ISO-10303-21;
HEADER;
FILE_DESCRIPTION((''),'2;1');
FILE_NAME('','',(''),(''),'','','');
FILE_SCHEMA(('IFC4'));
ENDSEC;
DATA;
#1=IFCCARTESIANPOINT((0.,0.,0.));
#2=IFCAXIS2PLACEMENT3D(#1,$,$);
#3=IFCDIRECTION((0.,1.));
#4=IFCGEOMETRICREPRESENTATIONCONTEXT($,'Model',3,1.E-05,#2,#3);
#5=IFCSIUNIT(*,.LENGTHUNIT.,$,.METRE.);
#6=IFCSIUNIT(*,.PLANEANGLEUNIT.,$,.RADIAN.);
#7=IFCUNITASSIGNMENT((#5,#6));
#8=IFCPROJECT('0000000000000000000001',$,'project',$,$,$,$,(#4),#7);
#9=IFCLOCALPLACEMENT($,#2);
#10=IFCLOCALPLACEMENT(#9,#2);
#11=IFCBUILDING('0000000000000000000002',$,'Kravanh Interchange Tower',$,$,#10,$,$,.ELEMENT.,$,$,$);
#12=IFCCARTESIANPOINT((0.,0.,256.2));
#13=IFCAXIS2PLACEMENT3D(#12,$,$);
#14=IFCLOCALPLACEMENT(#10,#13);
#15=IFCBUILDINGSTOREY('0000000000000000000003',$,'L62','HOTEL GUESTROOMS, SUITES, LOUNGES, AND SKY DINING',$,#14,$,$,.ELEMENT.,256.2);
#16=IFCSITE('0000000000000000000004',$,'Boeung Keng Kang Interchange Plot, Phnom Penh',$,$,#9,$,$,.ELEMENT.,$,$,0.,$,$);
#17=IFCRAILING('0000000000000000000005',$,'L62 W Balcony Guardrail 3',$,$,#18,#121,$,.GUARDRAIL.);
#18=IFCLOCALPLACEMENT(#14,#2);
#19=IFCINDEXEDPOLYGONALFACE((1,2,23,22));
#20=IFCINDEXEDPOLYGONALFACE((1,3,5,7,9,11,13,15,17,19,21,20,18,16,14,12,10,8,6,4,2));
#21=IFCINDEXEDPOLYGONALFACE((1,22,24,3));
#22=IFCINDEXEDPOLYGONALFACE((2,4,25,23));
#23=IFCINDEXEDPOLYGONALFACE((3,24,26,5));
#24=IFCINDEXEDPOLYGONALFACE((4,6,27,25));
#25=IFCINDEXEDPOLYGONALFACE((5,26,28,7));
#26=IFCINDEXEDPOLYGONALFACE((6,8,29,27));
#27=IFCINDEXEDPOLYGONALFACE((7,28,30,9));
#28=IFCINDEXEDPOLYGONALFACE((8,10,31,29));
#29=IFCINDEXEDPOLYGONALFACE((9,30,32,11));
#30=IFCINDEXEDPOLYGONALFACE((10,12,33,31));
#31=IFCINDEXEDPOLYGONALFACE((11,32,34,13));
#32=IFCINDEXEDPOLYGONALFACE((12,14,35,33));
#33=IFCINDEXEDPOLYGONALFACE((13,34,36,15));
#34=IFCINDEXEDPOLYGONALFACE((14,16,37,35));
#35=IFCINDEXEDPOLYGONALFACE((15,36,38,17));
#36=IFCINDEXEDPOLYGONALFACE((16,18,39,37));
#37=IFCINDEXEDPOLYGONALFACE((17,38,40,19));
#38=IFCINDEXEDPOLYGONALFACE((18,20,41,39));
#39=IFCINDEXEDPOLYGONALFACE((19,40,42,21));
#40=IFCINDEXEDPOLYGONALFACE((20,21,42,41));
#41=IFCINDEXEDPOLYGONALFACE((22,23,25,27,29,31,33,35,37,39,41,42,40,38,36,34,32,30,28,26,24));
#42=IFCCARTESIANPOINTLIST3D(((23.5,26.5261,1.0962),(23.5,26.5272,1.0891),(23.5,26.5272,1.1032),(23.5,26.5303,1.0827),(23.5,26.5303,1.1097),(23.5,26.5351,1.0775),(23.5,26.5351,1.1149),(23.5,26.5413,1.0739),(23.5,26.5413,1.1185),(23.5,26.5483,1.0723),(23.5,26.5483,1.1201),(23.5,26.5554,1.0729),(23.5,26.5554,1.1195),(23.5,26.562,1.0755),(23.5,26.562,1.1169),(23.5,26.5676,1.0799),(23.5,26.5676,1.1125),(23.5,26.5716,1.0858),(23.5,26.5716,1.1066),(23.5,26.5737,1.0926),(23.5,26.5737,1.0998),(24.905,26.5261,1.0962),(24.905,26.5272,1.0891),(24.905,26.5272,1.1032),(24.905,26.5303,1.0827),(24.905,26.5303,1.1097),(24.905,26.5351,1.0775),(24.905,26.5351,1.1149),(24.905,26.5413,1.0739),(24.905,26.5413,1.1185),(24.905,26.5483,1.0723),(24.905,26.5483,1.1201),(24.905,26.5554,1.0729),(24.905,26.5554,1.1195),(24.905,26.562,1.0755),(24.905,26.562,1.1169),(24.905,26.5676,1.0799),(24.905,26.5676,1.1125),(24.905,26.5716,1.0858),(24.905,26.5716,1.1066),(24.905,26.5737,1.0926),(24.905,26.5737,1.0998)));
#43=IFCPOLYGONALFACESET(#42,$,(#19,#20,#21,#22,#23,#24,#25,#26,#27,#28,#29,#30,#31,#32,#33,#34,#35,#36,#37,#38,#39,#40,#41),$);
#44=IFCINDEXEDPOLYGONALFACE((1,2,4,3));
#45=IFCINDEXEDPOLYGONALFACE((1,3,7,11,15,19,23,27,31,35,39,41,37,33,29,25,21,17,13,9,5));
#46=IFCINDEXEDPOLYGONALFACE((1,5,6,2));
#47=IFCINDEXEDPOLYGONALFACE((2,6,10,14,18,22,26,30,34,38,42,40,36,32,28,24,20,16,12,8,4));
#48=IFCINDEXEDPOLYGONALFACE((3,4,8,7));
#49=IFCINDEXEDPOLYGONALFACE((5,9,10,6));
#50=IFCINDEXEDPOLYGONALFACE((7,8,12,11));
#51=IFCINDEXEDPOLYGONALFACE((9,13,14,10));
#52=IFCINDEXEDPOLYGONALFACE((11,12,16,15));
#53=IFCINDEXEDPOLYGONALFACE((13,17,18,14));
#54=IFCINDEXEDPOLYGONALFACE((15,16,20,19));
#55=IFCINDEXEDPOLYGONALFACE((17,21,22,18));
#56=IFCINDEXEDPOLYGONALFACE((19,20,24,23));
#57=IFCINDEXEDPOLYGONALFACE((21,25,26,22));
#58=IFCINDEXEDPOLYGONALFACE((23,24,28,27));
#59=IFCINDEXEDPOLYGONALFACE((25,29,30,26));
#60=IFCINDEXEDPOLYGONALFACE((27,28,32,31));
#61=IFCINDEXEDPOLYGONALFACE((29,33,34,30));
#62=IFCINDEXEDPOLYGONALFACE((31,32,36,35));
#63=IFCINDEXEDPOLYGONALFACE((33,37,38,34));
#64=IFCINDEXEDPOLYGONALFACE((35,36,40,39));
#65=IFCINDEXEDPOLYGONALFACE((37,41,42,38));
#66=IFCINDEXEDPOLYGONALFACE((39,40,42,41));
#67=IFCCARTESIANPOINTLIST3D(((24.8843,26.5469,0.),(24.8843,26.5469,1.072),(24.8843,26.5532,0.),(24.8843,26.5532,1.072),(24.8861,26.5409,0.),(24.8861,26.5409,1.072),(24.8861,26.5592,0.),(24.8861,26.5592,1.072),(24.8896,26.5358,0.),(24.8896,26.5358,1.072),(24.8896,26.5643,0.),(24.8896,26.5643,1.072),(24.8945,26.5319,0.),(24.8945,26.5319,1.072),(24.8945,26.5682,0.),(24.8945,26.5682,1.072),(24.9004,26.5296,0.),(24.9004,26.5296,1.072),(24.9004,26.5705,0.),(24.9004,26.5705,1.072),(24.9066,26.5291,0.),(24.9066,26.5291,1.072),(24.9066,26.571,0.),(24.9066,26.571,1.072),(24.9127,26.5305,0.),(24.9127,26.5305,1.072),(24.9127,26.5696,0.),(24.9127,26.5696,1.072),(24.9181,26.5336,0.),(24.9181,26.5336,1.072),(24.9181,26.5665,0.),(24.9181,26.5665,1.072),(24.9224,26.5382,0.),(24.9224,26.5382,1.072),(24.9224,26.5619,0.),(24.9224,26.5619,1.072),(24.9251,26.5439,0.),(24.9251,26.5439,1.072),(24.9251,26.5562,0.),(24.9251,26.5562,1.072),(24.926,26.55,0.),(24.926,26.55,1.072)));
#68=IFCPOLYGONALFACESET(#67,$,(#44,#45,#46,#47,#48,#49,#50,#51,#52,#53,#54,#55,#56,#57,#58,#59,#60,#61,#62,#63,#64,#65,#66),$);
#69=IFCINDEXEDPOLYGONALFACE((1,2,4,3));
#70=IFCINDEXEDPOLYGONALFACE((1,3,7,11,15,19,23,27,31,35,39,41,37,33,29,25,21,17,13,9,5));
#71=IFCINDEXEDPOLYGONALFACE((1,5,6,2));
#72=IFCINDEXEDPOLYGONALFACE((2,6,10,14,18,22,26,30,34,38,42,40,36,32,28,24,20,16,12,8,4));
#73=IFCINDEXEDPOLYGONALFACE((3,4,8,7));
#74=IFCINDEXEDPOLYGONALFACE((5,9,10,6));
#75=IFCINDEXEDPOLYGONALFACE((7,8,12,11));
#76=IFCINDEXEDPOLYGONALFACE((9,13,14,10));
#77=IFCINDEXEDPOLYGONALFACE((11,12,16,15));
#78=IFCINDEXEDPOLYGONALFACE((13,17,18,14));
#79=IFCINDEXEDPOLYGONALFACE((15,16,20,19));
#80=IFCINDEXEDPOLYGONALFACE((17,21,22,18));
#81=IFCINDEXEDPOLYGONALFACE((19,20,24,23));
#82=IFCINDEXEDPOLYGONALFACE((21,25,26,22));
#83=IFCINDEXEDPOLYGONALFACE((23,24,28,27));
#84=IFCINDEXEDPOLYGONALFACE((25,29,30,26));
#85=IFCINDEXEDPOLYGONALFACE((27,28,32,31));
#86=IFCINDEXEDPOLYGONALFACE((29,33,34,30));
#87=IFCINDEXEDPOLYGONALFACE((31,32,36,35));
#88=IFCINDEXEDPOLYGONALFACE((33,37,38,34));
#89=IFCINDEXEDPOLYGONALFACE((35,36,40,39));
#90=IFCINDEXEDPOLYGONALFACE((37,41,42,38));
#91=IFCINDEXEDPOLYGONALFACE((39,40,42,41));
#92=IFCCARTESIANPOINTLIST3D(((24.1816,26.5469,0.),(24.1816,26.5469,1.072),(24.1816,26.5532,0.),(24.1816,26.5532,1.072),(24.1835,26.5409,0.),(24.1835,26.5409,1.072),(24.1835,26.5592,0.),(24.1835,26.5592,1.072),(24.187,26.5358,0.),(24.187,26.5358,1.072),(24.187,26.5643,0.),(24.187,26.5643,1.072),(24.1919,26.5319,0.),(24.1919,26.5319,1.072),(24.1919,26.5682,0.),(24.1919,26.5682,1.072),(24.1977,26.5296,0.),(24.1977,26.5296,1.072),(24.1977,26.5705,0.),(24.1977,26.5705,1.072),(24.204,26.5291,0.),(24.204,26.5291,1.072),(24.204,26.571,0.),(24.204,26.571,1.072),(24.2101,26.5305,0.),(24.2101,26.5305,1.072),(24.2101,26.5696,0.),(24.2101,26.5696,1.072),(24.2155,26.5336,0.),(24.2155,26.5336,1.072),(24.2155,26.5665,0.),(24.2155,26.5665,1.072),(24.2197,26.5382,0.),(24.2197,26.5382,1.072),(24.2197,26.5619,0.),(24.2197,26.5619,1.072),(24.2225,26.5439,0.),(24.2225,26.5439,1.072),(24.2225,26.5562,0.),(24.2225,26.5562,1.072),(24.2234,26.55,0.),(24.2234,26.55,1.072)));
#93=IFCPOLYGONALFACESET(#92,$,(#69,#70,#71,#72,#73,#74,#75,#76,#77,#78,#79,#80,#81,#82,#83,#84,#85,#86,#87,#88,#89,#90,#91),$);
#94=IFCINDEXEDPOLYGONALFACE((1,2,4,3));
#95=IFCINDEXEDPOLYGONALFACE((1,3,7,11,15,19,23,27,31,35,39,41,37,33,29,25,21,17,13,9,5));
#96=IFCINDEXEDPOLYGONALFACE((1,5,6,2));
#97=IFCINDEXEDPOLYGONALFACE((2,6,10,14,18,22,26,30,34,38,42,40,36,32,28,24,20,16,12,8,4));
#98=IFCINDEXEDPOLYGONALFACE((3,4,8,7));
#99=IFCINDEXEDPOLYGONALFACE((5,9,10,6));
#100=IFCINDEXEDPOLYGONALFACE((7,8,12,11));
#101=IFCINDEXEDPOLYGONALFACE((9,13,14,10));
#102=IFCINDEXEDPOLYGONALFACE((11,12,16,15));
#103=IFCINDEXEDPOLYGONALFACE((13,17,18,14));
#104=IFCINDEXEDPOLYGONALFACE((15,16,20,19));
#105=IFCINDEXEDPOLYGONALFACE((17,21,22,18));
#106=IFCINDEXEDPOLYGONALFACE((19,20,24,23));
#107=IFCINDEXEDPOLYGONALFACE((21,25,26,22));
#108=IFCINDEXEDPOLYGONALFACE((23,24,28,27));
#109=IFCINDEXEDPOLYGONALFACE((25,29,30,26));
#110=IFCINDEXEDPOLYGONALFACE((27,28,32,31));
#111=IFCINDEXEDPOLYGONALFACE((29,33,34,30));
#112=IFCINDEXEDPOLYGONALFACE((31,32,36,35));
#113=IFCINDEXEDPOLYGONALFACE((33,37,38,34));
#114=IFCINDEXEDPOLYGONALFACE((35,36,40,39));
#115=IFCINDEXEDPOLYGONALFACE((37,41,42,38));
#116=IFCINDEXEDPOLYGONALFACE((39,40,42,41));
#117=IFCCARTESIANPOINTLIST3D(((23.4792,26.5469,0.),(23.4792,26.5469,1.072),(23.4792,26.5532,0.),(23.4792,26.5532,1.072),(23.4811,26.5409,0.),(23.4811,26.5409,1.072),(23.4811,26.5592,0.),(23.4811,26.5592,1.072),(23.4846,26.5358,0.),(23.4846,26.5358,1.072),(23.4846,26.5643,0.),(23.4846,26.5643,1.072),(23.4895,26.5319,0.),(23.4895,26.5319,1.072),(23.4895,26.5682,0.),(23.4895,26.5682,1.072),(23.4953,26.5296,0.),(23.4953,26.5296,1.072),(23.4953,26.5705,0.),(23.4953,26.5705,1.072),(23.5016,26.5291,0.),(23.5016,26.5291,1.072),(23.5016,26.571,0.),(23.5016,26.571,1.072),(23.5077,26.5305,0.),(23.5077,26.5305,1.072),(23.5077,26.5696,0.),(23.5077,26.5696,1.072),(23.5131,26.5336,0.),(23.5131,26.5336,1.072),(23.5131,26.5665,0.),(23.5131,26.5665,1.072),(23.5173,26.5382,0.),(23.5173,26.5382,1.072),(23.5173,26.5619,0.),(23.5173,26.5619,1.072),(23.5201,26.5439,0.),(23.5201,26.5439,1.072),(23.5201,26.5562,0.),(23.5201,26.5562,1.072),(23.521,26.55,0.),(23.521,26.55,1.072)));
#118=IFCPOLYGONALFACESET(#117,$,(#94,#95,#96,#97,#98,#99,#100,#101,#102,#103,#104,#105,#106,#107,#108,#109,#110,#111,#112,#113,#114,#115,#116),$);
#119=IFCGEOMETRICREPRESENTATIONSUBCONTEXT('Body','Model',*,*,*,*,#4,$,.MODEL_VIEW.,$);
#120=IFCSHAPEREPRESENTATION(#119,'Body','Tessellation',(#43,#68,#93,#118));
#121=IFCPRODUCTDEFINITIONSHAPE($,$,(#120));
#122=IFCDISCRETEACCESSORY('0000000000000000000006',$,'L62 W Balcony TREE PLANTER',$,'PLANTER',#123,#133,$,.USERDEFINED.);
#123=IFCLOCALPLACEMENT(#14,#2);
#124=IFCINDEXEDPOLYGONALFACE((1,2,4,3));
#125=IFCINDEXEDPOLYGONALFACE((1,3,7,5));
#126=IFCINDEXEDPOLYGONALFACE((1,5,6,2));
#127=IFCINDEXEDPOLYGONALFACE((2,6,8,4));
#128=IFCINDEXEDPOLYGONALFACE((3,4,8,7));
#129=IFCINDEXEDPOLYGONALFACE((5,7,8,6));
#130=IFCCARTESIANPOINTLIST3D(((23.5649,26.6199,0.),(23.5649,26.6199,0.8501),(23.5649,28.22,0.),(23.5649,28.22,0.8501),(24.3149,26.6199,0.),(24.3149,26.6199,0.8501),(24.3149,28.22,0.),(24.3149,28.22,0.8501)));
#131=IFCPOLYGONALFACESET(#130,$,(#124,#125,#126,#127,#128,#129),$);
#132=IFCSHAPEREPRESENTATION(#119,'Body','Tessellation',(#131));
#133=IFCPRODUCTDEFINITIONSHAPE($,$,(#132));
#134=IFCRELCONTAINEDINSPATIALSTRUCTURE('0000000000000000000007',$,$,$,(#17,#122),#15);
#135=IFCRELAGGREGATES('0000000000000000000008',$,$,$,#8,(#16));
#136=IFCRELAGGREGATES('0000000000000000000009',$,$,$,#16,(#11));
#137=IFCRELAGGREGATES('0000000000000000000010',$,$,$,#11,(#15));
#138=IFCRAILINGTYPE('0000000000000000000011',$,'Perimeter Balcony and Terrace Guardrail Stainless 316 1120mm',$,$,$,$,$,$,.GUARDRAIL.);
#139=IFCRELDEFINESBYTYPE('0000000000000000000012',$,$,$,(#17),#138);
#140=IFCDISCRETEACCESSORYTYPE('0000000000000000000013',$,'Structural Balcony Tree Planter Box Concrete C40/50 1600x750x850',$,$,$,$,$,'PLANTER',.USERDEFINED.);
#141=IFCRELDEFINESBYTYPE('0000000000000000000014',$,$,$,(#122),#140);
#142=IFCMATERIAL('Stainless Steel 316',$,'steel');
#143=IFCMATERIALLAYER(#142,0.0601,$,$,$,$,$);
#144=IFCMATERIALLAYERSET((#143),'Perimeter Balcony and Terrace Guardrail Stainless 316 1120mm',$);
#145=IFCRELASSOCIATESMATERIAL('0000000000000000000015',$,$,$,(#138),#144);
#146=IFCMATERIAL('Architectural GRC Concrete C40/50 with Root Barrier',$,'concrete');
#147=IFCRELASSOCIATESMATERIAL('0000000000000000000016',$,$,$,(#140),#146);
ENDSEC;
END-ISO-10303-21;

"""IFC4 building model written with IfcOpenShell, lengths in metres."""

from ifc_helpers import new_model, si_unit, direction, frame, origin, origin_2d, place, context, subcontext, project, spatial, rectangle, circle, extrude, material, layer, layer_set, type_object, element, save


model = new_model("IFC4")

# Units and contexts
model_context = context("Model", 3, precision=1e-05, world=origin(), true_north=direction((0.0, 1.0)))
body_context = subcontext(model_context, "Body", "Model", "MODEL_VIEW")
ifc_project = project(units=[si_unit("LENGTHUNIT", "METRE"), si_unit("PLANEANGLEUNIT", "RADIAN")], contexts=[model_context])

# Site, building, storey
site_placement = place(None, origin())
site = spatial("IfcSite", under=ifc_project, at=site_placement, Name="Boeung Keng Kang Interchange Plot, Phnom Penh", CompositionType="ELEMENT", RefElevation=0.0)
building_placement = place(site_placement, origin())
building = spatial("IfcBuilding", under=site, at=building_placement, Name="Kravanh Interchange Tower", CompositionType="ELEMENT")
storey_placement = place(building_placement, frame((0.0, 0.0, 256.2)))
storey = spatial("IfcBuildingStorey", under=building, at=storey_placement, Name="L62", Description="HOTEL GUESTROOMS, SUITES, LOUNGES, AND SKY DINING", CompositionType="ELEMENT", Elevation=256.2)

# Railing
ifc_material_1 = material(Name="Stainless Steel 316", Category="steel")
ifc_layer_1 = layer(ifc_material_1, 0.0601)
ifc_layer_set_1 = layer_set([ifc_layer_1], Name="Perimeter Balcony and Terrace Guardrail Stainless 316 1120mm")
railing_type = type_object("IfcRailingType", Name="Perimeter Balcony and Terrace Guardrail Stainless 316 1120mm", PredefinedType="GUARDRAIL", material=ifc_layer_set_1)
railing_1_placement = place(storey_placement, frame((24.905, 26.55, 0.0)))
element("IfcRailing", 1, at=railing_1_placement, inside=storey, type_object=railing_type, Name="L62 W Balcony Guardrail 3", PredefinedType="GUARDRAIL", context=body_context, shape_type="SweptSolid", body=[
    extrude(circle(Radius=0.0239, at=origin_2d()), frame((0.0, 0.0, 1.0962), z_axis=(-1.0, 0.0, 0.0), x_axis=(0.0, -1.0, 0.0)), (0.0, 0.0, 1.0), 1.405),
    extrude(circle(Radius=0.021, at=origin_2d()), origin(), (0.0, 0.0, 1.0), 1.072),
    extrude(circle(Radius=0.021, at=origin_2d()), frame((-0.7026, 0.0, 0.0)), (0.0, 0.0, 1.0), 1.072),
    extrude(circle(Radius=0.021, at=origin_2d()), frame((-1.405, 0.0, 0.0)), (0.0, 0.0, 1.0), 1.072),
])

# Discrete accessory
ifc_material_2 = material(Name="Architectural GRC Concrete C40/50 with Root Barrier", Category="concrete")
discrete_accessory_type = type_object("IfcDiscreteAccessoryType", Name="Structural Balcony Tree Planter Box Concrete C40/50 1600x750x850", ElementType="PLANTER", PredefinedType="USERDEFINED", material=ifc_material_2)
discrete_accessory_placement = place(storey_placement, frame((23.9399, 27.4199, 0.0), z_axis=(0.0, 0.0, 1.0), x_axis=(1.0, 0.0, 0.0)))
element("IfcDiscreteAccessory", 2, at=discrete_accessory_placement, inside=storey, type_object=discrete_accessory_type, Name="L62 W Balcony TREE PLANTER", ObjectType="PLANTER", PredefinedType="USERDEFINED", context=body_context, shape_type="SweptSolid", body=[
    extrude(rectangle(XDim=0.75, YDim=1.6001, at=origin_2d()), origin(), (0.0, 0.0, 1.0), 0.8501),
])

save(model, "model.ifc")
